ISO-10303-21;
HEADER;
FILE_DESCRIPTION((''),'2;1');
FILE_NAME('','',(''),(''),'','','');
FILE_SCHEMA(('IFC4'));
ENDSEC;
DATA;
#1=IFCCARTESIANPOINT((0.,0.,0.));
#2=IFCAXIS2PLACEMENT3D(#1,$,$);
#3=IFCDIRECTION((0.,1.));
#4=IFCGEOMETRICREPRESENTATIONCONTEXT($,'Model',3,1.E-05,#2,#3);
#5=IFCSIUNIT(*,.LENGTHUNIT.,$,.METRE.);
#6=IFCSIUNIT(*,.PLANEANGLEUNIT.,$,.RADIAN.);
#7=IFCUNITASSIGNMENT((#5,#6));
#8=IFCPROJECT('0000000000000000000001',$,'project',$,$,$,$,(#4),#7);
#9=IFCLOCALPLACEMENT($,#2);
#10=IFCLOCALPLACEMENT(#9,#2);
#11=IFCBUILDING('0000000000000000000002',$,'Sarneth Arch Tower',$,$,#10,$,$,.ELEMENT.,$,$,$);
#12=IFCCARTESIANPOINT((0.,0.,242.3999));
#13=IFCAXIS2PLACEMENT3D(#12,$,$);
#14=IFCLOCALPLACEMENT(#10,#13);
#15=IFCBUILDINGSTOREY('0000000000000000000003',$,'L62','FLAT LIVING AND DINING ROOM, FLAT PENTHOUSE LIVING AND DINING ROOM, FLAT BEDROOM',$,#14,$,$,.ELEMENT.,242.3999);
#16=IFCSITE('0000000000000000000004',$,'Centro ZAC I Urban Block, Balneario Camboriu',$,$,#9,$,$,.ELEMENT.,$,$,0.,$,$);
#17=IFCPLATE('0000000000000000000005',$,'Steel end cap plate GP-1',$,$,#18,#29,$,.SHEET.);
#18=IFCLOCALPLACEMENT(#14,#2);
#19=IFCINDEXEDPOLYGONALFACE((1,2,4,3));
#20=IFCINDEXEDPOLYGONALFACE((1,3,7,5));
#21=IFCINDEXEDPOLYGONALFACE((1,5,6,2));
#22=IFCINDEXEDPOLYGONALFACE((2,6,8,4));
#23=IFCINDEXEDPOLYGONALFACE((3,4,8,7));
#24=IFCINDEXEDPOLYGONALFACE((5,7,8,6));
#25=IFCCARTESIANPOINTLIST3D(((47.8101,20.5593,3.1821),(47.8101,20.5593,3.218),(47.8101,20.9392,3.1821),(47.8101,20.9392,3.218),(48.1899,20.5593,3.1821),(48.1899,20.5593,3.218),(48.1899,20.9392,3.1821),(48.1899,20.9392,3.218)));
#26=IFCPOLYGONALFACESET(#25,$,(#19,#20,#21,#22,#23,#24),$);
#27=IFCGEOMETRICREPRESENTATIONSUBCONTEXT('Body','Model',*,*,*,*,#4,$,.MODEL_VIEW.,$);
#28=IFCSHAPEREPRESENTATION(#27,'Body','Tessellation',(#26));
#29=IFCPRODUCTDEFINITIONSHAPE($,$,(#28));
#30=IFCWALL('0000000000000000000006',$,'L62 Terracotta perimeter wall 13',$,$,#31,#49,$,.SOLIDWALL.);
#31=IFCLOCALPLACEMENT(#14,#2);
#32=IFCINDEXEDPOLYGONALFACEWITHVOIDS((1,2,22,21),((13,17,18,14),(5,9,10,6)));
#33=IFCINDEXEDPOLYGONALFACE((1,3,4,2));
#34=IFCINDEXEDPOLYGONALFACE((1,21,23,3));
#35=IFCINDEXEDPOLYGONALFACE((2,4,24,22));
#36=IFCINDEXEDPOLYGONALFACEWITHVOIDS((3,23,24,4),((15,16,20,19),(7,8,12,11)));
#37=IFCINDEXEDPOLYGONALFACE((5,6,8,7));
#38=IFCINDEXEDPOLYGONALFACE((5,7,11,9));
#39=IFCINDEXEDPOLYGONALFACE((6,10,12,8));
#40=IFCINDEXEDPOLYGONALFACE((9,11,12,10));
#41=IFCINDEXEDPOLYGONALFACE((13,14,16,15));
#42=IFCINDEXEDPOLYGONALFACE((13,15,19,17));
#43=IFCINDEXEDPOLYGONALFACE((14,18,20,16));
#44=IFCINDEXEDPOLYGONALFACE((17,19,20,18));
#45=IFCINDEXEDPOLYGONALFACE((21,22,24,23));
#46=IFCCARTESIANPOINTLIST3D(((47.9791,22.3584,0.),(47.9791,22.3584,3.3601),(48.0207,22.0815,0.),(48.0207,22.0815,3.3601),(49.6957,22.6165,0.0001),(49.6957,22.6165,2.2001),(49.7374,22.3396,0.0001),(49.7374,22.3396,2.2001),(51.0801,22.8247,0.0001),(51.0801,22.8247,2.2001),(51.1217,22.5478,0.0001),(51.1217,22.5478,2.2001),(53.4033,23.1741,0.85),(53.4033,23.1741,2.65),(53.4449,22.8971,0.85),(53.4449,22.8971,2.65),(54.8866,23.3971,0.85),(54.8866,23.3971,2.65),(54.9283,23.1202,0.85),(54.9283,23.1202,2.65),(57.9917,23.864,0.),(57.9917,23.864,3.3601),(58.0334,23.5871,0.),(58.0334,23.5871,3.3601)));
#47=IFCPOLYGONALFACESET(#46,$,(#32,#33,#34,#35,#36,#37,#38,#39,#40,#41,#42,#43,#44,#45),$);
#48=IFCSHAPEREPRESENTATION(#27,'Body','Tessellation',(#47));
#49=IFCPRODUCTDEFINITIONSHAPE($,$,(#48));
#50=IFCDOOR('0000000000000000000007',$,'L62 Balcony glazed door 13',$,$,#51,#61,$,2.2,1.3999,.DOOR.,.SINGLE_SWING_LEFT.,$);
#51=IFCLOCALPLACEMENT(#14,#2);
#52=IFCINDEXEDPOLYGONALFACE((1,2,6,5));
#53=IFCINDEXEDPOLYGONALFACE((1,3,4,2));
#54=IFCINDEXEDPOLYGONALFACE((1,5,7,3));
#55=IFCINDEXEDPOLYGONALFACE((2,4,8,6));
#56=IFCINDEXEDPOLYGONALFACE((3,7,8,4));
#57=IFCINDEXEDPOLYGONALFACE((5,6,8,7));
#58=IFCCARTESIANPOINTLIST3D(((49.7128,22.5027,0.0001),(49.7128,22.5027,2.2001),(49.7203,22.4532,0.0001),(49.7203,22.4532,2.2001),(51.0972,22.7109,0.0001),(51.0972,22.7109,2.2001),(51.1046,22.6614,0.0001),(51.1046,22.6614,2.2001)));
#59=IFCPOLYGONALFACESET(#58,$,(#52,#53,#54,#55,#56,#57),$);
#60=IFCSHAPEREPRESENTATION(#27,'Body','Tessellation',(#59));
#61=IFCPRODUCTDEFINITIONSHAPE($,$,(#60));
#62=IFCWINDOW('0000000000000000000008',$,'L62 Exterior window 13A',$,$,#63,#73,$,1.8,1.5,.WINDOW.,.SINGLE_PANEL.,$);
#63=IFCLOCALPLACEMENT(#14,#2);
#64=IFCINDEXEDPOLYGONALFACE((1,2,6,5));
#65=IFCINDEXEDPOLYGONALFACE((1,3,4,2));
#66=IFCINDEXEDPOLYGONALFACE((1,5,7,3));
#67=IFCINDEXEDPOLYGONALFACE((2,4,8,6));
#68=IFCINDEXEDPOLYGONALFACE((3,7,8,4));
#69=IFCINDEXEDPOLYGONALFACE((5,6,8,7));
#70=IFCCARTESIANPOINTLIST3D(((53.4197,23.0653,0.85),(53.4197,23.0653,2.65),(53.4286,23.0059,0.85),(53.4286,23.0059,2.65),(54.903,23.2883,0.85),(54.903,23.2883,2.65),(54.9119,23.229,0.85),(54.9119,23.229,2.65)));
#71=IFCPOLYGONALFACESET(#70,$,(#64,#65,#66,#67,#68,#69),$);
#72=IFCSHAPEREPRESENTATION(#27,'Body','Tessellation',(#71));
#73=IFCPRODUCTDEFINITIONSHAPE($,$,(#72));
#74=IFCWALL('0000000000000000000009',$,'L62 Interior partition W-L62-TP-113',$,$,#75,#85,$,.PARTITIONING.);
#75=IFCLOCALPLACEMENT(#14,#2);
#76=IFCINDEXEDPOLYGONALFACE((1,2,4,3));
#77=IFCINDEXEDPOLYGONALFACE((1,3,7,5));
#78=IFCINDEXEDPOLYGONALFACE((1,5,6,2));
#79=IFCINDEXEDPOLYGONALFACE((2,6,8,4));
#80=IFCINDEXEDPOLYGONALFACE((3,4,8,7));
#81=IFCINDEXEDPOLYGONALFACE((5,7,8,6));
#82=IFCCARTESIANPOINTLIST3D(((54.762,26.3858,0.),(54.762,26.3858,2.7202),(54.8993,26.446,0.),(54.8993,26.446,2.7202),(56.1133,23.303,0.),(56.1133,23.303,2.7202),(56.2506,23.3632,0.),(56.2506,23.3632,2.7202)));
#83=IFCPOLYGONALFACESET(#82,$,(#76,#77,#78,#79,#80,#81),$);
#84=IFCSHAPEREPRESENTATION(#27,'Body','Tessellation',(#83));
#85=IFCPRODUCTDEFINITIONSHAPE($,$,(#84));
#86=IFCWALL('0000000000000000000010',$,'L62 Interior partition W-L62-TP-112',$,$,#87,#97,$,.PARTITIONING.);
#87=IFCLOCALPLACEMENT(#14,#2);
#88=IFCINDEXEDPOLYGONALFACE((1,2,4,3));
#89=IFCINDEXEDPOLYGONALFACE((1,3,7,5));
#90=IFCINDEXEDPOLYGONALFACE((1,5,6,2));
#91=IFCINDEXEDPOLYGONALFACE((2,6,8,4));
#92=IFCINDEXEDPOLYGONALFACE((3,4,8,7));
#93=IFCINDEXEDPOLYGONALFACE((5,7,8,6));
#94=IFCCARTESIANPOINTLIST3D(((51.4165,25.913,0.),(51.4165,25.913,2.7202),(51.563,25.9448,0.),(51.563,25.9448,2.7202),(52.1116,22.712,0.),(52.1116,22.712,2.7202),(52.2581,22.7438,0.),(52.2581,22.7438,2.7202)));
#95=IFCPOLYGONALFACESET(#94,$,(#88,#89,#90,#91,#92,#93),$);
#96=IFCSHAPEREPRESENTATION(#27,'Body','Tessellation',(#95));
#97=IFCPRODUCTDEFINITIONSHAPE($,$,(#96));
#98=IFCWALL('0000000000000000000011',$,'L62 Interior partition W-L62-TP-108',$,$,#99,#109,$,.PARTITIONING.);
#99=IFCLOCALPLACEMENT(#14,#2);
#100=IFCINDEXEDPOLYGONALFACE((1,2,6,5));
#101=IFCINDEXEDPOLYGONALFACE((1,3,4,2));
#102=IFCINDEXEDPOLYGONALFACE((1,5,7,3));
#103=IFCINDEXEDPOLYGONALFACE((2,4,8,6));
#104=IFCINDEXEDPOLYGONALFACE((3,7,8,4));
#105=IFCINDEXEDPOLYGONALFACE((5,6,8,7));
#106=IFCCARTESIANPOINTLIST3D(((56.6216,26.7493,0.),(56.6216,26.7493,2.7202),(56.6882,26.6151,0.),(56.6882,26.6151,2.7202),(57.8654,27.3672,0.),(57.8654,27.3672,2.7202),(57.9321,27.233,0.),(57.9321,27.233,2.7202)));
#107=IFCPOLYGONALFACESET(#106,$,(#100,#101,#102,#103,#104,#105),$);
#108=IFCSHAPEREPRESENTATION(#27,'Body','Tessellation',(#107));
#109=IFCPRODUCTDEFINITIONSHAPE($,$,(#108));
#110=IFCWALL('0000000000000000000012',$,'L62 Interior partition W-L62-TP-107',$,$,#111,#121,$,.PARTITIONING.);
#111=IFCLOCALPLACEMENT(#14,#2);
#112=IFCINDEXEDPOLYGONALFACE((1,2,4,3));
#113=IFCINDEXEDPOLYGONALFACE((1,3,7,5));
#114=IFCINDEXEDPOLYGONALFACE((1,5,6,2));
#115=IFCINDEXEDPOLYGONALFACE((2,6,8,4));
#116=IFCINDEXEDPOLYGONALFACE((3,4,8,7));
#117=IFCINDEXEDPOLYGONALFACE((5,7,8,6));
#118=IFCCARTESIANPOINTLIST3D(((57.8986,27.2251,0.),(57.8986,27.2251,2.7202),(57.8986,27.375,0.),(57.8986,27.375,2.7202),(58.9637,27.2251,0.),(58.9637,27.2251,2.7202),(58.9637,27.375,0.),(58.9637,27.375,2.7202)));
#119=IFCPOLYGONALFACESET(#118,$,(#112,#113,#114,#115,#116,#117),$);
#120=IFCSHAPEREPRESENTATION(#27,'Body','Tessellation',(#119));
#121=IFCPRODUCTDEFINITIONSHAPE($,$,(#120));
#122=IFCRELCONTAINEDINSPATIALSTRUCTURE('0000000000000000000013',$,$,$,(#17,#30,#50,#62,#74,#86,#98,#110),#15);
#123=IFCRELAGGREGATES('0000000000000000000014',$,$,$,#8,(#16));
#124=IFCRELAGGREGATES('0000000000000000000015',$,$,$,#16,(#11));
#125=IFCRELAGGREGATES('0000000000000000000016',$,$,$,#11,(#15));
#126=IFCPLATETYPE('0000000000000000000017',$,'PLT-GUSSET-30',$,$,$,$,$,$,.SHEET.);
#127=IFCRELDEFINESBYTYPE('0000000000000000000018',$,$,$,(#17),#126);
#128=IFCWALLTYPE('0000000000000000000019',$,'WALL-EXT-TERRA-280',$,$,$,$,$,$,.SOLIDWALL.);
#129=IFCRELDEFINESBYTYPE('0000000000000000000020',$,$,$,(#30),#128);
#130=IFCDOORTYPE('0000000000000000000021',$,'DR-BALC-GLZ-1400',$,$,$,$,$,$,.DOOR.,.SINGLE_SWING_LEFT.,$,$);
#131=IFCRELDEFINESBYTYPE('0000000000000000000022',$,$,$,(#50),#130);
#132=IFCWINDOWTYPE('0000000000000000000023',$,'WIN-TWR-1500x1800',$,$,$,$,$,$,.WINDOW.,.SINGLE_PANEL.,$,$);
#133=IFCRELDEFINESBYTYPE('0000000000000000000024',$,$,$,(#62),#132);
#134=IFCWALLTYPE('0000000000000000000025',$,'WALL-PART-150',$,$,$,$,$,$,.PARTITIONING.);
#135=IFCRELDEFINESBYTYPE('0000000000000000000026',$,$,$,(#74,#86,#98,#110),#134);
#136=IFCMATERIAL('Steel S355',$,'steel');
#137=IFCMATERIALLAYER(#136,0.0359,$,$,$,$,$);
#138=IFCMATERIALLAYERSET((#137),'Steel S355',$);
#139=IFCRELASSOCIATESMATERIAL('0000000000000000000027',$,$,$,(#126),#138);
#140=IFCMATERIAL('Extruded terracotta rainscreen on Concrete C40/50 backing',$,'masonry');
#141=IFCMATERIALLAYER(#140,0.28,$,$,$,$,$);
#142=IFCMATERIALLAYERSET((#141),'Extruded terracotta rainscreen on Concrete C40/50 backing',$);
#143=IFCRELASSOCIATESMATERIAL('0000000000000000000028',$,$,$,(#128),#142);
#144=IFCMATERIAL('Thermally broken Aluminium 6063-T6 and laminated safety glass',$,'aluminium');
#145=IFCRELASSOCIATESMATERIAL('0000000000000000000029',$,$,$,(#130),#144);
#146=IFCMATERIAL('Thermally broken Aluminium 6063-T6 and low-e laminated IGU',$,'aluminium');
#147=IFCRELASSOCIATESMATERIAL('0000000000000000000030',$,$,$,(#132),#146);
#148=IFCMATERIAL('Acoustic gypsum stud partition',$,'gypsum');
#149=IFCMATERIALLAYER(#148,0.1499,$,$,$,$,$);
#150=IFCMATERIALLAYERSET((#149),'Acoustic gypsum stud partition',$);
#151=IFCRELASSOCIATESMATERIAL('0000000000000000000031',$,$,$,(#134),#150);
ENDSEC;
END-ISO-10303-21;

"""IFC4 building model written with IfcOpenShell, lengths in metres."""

from ifc_helpers import new_model, si_unit, direction, frame, frame_2d, origin, origin_2d, place, context, subcontext, project, spatial, rectangle, extrude, material, layer, layer_set, type_object, element, fill, save


model = new_model("IFC4")

# Units and contexts
model_context = context("Model", 3, precision=1e-05, world=origin(), true_north=direction((0.0, 1.0)))
body_context = subcontext(model_context, "Body", "Model", "MODEL_VIEW")
ifc_project = project(units=[si_unit("LENGTHUNIT", "METRE"), si_unit("PLANEANGLEUNIT", "RADIAN")], contexts=[model_context])

# Site, building, storey
site_placement = place(None, origin())
site = spatial("IfcSite", under=ifc_project, at=site_placement, Name="Centro ZAC I Urban Block, Balneario Camboriu", CompositionType="ELEMENT", RefElevation=0.0)
building_placement = place(site_placement, origin())
building = spatial("IfcBuilding", under=site, at=building_placement, Name="Sarneth Arch Tower", CompositionType="ELEMENT")
storey_placement = place(building_placement, frame((0.0, 0.0, 242.3999)))
storey = spatial("IfcBuildingStorey", under=building, at=storey_placement, Name="L62", Description="FLAT LIVING AND DINING ROOM, FLAT PENTHOUSE LIVING AND DINING ROOM, FLAT BEDROOM", CompositionType="ELEMENT", Elevation=242.3999)

# Plate
ifc_material_1 = material(Name="Steel S355", Category="steel")
ifc_layer_1 = layer(ifc_material_1, 0.0359)
ifc_layer_set_1 = layer_set([ifc_layer_1], Name="Steel S355")
plate_type = type_object("IfcPlateType", Name="PLT-GUSSET-30", PredefinedType="SHEET", material=ifc_layer_set_1)
plate_1_placement = place(storey_placement, frame((48.0, 20.7493, 3.1821), z_axis=(0.0, 0.0, 1.0), x_axis=(0.0, -1.0, 0.0)))
element("IfcPlate", 1, at=plate_1_placement, inside=storey, type_object=plate_type, Name="Steel end cap plate GP-1", PredefinedType="SHEET", context=body_context, shape_type="SweptSolid", body=[
    extrude(rectangle(XDim=0.3799, YDim=0.3799, at=origin_2d()), origin(), (0.0, 0.0, 1.0), 0.0359),
])

# Wall, openings, door, window
ifc_material_2 = material(Name="Extruded terracotta rainscreen on Concrete C40/50 backing", Category="masonry")
ifc_layer_2 = layer(ifc_material_2, 0.28)
ifc_layer_set_2 = layer_set([ifc_layer_2], Name="Extruded terracotta rainscreen on Concrete C40/50 backing")
wall_type_1 = type_object("IfcWallType", Name="WALL-EXT-TERRA-280", PredefinedType="SOLIDWALL", material=ifc_layer_set_2)
wall_1_placement = place(storey_placement, frame((48.0, 22.22, 0.0), z_axis=(0.0, 0.0, 1.0), x_axis=(0.988883, 0.148699, 0.0)))
wall_1 = element("IfcWall", 2, at=wall_1_placement, inside=storey, type_object=wall_type_1, Name="L62 Terracotta perimeter wall 13", PredefinedType="SOLIDWALL", context=body_context, shape_type="SweptSolid", body=[
    extrude(rectangle(XDim=10.1252, YDim=0.28, at=frame_2d((5.0625, 0.0))), origin(), (0.0, 0.0, 1.0), 3.3601),
])
opening_1_placement = place(wall_1_placement, frame((1.7358, 0.0, 0.0)))
opening_1 = element("IfcOpeningElement", 3, at=opening_1_placement, cuts=wall_1, PredefinedType="OPENING", context=body_context, shape_type="SweptSolid", body=[
    extrude(rectangle(XDim=1.3999, YDim=2.2, at=frame_2d((0.7, 1.1001))), frame((0.0, 0.1499, 0.0), z_axis=(0.0, -1.0, 0.0), x_axis=(1.0, 0.0, 0.0)), (0.0, 0.0, 1.0), 0.3),
])
opening_2_placement = place(wall_1_placement, frame((5.4851, 0.0, 0.8501)))
opening_2 = element("IfcOpeningElement", 4, at=opening_2_placement, cuts=wall_1, PredefinedType="OPENING", context=body_context, shape_type="SweptSolid", body=[
    extrude(rectangle(XDim=1.5, YDim=1.8, at=frame_2d((0.75, 0.8999))), frame((0.0, 0.1499, 0.0), z_axis=(0.0, -1.0, 0.0), x_axis=(1.0, 0.0, 0.0)), (0.0, 0.0, 1.0), 0.3),
])
ifc_material_3 = material(Name="Thermally broken Aluminium 6063-T6 and laminated safety glass", Category="aluminium")
door_type_1 = type_object("IfcDoorType", Name="DR-BALC-GLZ-1400", OperationType="SINGLE_SWING_LEFT", PredefinedType="DOOR", material=ifc_material_3)
door_1_placement = place(opening_1_placement, origin())
door_1 = element("IfcDoor", 5, at=door_1_placement, inside=storey, type_object=door_type_1, Name="L62 Balcony glazed door 13", OperationType="SINGLE_SWING_LEFT", OverallHeight=2.2, OverallWidth=1.3999, PredefinedType="DOOR", context=body_context, shape_type="SweptSolid", body=[
    extrude(rectangle(XDim=1.3999, YDim=2.2, at=frame_2d((0.7, 1.1001))), frame((0.0, 0.0249, 0.0), z_axis=(0.0, -1.0, 0.0), x_axis=(1.0, 0.0, 0.0)), (0.0, 0.0, 1.0), 0.05),
])
fill(opening_1, door_1)
ifc_material_4 = material(Name="Thermally broken Aluminium 6063-T6 and low-e laminated IGU", Category="aluminium")
window_type = type_object("IfcWindowType", Name="WIN-TWR-1500x1800", PartitioningType="SINGLE_PANEL", PredefinedType="WINDOW", material=ifc_material_4)
window_placement = place(opening_2_placement, origin())
window = element("IfcWindow", 6, at=window_placement, inside=storey, type_object=window_type, Name="L62 Exterior window 13A", OverallHeight=1.8, OverallWidth=1.5, PartitioningType="SINGLE_PANEL", PredefinedType="WINDOW", context=body_context, shape_type="SweptSolid", body=[
    extrude(rectangle(XDim=1.5, YDim=1.8, at=frame_2d((0.75, 0.8999))), frame((0.0, 0.03, 0.0), z_axis=(0.0, -1.0, 0.0), x_axis=(1.0, 0.0, 0.0)), (0.0, 0.0, 1.0), 0.0601),
])
fill(opening_2, window)

# Walls
ifc_material_5 = material(Name="Acoustic gypsum stud partition", Category="gypsum")
ifc_layer_3 = layer(ifc_material_5, 0.1499)
ifc_layer_set_3 = layer_set([ifc_layer_3], Name="Acoustic gypsum stud partition")
wall_type_2 = type_object("IfcWallType", Name="WALL-PART-150", PredefinedType="PARTITIONING", material=ifc_layer_set_3)
wall_2_placement = place(storey_placement, frame((54.8306, 26.416, 0.0), z_axis=(0.0, 0.0, 1.0), x_axis=(0.401469, -0.915872, 0.0)))
element("IfcWall", 7, at=wall_2_placement, inside=storey, type_object=wall_type_2, Name="L62 Interior partition W-L62-TP-113", PredefinedType="PARTITIONING", context=body_context, shape_type="SweptSolid", body=[
    extrude(rectangle(XDim=3.366, YDim=0.1499, at=frame_2d((1.6831, 0.0))), origin(), (0.0, 0.0, 1.0), 2.7202),
])
wall_3_placement = place(storey_placement, frame((52.1848, 22.728, 0.0), z_axis=(0.0, 0.0, 1.0), x_axis=(-0.212201, 0.977226, 0.0)))
element("IfcWall", 8, at=wall_3_placement, inside=storey, type_object=wall_type_2, Name="L62 Interior partition W-L62-TP-112", PredefinedType="PARTITIONING", context=body_context, shape_type="SweptSolid", body=[
    extrude(rectangle(XDim=3.2756, YDim=0.1499, at=frame_2d((1.6377, 0.0))), origin(), (0.0, 0.0, 1.0), 2.7202),
])
wall_4_placement = place(storey_placement, frame((57.8987, 27.3, 0.0), z_axis=(0.0, 0.0, 1.0), x_axis=(-0.895584, -0.444892, 0.0)))
element("IfcWall", 9, at=wall_4_placement, inside=storey, type_object=wall_type_2, Name="L62 Interior partition W-L62-TP-108", PredefinedType="PARTITIONING", context=body_context, shape_type="SweptSolid", body=[
    extrude(rectangle(XDim=1.3889, YDim=0.1499, at=frame_2d((0.6943, 0.0))), origin(), (0.0, 0.0, 1.0), 2.7202),
])
wall_5_placement = place(storey_placement, frame((58.9639, 27.3, 0.0), z_axis=(0.0, 0.0, 1.0), x_axis=(-1.0, 0.0, 0.0)))
element("IfcWall", 10, at=wall_5_placement, inside=storey, type_object=wall_type_2, Name="L62 Interior partition W-L62-TP-107", PredefinedType="PARTITIONING", context=body_context, shape_type="SweptSolid", body=[
    extrude(rectangle(XDim=1.0652, YDim=0.1499, at=frame_2d((0.5327, 0.0))), origin(), (0.0, 0.0, 1.0), 2.7202),
])

save(model, "model.ifc")
